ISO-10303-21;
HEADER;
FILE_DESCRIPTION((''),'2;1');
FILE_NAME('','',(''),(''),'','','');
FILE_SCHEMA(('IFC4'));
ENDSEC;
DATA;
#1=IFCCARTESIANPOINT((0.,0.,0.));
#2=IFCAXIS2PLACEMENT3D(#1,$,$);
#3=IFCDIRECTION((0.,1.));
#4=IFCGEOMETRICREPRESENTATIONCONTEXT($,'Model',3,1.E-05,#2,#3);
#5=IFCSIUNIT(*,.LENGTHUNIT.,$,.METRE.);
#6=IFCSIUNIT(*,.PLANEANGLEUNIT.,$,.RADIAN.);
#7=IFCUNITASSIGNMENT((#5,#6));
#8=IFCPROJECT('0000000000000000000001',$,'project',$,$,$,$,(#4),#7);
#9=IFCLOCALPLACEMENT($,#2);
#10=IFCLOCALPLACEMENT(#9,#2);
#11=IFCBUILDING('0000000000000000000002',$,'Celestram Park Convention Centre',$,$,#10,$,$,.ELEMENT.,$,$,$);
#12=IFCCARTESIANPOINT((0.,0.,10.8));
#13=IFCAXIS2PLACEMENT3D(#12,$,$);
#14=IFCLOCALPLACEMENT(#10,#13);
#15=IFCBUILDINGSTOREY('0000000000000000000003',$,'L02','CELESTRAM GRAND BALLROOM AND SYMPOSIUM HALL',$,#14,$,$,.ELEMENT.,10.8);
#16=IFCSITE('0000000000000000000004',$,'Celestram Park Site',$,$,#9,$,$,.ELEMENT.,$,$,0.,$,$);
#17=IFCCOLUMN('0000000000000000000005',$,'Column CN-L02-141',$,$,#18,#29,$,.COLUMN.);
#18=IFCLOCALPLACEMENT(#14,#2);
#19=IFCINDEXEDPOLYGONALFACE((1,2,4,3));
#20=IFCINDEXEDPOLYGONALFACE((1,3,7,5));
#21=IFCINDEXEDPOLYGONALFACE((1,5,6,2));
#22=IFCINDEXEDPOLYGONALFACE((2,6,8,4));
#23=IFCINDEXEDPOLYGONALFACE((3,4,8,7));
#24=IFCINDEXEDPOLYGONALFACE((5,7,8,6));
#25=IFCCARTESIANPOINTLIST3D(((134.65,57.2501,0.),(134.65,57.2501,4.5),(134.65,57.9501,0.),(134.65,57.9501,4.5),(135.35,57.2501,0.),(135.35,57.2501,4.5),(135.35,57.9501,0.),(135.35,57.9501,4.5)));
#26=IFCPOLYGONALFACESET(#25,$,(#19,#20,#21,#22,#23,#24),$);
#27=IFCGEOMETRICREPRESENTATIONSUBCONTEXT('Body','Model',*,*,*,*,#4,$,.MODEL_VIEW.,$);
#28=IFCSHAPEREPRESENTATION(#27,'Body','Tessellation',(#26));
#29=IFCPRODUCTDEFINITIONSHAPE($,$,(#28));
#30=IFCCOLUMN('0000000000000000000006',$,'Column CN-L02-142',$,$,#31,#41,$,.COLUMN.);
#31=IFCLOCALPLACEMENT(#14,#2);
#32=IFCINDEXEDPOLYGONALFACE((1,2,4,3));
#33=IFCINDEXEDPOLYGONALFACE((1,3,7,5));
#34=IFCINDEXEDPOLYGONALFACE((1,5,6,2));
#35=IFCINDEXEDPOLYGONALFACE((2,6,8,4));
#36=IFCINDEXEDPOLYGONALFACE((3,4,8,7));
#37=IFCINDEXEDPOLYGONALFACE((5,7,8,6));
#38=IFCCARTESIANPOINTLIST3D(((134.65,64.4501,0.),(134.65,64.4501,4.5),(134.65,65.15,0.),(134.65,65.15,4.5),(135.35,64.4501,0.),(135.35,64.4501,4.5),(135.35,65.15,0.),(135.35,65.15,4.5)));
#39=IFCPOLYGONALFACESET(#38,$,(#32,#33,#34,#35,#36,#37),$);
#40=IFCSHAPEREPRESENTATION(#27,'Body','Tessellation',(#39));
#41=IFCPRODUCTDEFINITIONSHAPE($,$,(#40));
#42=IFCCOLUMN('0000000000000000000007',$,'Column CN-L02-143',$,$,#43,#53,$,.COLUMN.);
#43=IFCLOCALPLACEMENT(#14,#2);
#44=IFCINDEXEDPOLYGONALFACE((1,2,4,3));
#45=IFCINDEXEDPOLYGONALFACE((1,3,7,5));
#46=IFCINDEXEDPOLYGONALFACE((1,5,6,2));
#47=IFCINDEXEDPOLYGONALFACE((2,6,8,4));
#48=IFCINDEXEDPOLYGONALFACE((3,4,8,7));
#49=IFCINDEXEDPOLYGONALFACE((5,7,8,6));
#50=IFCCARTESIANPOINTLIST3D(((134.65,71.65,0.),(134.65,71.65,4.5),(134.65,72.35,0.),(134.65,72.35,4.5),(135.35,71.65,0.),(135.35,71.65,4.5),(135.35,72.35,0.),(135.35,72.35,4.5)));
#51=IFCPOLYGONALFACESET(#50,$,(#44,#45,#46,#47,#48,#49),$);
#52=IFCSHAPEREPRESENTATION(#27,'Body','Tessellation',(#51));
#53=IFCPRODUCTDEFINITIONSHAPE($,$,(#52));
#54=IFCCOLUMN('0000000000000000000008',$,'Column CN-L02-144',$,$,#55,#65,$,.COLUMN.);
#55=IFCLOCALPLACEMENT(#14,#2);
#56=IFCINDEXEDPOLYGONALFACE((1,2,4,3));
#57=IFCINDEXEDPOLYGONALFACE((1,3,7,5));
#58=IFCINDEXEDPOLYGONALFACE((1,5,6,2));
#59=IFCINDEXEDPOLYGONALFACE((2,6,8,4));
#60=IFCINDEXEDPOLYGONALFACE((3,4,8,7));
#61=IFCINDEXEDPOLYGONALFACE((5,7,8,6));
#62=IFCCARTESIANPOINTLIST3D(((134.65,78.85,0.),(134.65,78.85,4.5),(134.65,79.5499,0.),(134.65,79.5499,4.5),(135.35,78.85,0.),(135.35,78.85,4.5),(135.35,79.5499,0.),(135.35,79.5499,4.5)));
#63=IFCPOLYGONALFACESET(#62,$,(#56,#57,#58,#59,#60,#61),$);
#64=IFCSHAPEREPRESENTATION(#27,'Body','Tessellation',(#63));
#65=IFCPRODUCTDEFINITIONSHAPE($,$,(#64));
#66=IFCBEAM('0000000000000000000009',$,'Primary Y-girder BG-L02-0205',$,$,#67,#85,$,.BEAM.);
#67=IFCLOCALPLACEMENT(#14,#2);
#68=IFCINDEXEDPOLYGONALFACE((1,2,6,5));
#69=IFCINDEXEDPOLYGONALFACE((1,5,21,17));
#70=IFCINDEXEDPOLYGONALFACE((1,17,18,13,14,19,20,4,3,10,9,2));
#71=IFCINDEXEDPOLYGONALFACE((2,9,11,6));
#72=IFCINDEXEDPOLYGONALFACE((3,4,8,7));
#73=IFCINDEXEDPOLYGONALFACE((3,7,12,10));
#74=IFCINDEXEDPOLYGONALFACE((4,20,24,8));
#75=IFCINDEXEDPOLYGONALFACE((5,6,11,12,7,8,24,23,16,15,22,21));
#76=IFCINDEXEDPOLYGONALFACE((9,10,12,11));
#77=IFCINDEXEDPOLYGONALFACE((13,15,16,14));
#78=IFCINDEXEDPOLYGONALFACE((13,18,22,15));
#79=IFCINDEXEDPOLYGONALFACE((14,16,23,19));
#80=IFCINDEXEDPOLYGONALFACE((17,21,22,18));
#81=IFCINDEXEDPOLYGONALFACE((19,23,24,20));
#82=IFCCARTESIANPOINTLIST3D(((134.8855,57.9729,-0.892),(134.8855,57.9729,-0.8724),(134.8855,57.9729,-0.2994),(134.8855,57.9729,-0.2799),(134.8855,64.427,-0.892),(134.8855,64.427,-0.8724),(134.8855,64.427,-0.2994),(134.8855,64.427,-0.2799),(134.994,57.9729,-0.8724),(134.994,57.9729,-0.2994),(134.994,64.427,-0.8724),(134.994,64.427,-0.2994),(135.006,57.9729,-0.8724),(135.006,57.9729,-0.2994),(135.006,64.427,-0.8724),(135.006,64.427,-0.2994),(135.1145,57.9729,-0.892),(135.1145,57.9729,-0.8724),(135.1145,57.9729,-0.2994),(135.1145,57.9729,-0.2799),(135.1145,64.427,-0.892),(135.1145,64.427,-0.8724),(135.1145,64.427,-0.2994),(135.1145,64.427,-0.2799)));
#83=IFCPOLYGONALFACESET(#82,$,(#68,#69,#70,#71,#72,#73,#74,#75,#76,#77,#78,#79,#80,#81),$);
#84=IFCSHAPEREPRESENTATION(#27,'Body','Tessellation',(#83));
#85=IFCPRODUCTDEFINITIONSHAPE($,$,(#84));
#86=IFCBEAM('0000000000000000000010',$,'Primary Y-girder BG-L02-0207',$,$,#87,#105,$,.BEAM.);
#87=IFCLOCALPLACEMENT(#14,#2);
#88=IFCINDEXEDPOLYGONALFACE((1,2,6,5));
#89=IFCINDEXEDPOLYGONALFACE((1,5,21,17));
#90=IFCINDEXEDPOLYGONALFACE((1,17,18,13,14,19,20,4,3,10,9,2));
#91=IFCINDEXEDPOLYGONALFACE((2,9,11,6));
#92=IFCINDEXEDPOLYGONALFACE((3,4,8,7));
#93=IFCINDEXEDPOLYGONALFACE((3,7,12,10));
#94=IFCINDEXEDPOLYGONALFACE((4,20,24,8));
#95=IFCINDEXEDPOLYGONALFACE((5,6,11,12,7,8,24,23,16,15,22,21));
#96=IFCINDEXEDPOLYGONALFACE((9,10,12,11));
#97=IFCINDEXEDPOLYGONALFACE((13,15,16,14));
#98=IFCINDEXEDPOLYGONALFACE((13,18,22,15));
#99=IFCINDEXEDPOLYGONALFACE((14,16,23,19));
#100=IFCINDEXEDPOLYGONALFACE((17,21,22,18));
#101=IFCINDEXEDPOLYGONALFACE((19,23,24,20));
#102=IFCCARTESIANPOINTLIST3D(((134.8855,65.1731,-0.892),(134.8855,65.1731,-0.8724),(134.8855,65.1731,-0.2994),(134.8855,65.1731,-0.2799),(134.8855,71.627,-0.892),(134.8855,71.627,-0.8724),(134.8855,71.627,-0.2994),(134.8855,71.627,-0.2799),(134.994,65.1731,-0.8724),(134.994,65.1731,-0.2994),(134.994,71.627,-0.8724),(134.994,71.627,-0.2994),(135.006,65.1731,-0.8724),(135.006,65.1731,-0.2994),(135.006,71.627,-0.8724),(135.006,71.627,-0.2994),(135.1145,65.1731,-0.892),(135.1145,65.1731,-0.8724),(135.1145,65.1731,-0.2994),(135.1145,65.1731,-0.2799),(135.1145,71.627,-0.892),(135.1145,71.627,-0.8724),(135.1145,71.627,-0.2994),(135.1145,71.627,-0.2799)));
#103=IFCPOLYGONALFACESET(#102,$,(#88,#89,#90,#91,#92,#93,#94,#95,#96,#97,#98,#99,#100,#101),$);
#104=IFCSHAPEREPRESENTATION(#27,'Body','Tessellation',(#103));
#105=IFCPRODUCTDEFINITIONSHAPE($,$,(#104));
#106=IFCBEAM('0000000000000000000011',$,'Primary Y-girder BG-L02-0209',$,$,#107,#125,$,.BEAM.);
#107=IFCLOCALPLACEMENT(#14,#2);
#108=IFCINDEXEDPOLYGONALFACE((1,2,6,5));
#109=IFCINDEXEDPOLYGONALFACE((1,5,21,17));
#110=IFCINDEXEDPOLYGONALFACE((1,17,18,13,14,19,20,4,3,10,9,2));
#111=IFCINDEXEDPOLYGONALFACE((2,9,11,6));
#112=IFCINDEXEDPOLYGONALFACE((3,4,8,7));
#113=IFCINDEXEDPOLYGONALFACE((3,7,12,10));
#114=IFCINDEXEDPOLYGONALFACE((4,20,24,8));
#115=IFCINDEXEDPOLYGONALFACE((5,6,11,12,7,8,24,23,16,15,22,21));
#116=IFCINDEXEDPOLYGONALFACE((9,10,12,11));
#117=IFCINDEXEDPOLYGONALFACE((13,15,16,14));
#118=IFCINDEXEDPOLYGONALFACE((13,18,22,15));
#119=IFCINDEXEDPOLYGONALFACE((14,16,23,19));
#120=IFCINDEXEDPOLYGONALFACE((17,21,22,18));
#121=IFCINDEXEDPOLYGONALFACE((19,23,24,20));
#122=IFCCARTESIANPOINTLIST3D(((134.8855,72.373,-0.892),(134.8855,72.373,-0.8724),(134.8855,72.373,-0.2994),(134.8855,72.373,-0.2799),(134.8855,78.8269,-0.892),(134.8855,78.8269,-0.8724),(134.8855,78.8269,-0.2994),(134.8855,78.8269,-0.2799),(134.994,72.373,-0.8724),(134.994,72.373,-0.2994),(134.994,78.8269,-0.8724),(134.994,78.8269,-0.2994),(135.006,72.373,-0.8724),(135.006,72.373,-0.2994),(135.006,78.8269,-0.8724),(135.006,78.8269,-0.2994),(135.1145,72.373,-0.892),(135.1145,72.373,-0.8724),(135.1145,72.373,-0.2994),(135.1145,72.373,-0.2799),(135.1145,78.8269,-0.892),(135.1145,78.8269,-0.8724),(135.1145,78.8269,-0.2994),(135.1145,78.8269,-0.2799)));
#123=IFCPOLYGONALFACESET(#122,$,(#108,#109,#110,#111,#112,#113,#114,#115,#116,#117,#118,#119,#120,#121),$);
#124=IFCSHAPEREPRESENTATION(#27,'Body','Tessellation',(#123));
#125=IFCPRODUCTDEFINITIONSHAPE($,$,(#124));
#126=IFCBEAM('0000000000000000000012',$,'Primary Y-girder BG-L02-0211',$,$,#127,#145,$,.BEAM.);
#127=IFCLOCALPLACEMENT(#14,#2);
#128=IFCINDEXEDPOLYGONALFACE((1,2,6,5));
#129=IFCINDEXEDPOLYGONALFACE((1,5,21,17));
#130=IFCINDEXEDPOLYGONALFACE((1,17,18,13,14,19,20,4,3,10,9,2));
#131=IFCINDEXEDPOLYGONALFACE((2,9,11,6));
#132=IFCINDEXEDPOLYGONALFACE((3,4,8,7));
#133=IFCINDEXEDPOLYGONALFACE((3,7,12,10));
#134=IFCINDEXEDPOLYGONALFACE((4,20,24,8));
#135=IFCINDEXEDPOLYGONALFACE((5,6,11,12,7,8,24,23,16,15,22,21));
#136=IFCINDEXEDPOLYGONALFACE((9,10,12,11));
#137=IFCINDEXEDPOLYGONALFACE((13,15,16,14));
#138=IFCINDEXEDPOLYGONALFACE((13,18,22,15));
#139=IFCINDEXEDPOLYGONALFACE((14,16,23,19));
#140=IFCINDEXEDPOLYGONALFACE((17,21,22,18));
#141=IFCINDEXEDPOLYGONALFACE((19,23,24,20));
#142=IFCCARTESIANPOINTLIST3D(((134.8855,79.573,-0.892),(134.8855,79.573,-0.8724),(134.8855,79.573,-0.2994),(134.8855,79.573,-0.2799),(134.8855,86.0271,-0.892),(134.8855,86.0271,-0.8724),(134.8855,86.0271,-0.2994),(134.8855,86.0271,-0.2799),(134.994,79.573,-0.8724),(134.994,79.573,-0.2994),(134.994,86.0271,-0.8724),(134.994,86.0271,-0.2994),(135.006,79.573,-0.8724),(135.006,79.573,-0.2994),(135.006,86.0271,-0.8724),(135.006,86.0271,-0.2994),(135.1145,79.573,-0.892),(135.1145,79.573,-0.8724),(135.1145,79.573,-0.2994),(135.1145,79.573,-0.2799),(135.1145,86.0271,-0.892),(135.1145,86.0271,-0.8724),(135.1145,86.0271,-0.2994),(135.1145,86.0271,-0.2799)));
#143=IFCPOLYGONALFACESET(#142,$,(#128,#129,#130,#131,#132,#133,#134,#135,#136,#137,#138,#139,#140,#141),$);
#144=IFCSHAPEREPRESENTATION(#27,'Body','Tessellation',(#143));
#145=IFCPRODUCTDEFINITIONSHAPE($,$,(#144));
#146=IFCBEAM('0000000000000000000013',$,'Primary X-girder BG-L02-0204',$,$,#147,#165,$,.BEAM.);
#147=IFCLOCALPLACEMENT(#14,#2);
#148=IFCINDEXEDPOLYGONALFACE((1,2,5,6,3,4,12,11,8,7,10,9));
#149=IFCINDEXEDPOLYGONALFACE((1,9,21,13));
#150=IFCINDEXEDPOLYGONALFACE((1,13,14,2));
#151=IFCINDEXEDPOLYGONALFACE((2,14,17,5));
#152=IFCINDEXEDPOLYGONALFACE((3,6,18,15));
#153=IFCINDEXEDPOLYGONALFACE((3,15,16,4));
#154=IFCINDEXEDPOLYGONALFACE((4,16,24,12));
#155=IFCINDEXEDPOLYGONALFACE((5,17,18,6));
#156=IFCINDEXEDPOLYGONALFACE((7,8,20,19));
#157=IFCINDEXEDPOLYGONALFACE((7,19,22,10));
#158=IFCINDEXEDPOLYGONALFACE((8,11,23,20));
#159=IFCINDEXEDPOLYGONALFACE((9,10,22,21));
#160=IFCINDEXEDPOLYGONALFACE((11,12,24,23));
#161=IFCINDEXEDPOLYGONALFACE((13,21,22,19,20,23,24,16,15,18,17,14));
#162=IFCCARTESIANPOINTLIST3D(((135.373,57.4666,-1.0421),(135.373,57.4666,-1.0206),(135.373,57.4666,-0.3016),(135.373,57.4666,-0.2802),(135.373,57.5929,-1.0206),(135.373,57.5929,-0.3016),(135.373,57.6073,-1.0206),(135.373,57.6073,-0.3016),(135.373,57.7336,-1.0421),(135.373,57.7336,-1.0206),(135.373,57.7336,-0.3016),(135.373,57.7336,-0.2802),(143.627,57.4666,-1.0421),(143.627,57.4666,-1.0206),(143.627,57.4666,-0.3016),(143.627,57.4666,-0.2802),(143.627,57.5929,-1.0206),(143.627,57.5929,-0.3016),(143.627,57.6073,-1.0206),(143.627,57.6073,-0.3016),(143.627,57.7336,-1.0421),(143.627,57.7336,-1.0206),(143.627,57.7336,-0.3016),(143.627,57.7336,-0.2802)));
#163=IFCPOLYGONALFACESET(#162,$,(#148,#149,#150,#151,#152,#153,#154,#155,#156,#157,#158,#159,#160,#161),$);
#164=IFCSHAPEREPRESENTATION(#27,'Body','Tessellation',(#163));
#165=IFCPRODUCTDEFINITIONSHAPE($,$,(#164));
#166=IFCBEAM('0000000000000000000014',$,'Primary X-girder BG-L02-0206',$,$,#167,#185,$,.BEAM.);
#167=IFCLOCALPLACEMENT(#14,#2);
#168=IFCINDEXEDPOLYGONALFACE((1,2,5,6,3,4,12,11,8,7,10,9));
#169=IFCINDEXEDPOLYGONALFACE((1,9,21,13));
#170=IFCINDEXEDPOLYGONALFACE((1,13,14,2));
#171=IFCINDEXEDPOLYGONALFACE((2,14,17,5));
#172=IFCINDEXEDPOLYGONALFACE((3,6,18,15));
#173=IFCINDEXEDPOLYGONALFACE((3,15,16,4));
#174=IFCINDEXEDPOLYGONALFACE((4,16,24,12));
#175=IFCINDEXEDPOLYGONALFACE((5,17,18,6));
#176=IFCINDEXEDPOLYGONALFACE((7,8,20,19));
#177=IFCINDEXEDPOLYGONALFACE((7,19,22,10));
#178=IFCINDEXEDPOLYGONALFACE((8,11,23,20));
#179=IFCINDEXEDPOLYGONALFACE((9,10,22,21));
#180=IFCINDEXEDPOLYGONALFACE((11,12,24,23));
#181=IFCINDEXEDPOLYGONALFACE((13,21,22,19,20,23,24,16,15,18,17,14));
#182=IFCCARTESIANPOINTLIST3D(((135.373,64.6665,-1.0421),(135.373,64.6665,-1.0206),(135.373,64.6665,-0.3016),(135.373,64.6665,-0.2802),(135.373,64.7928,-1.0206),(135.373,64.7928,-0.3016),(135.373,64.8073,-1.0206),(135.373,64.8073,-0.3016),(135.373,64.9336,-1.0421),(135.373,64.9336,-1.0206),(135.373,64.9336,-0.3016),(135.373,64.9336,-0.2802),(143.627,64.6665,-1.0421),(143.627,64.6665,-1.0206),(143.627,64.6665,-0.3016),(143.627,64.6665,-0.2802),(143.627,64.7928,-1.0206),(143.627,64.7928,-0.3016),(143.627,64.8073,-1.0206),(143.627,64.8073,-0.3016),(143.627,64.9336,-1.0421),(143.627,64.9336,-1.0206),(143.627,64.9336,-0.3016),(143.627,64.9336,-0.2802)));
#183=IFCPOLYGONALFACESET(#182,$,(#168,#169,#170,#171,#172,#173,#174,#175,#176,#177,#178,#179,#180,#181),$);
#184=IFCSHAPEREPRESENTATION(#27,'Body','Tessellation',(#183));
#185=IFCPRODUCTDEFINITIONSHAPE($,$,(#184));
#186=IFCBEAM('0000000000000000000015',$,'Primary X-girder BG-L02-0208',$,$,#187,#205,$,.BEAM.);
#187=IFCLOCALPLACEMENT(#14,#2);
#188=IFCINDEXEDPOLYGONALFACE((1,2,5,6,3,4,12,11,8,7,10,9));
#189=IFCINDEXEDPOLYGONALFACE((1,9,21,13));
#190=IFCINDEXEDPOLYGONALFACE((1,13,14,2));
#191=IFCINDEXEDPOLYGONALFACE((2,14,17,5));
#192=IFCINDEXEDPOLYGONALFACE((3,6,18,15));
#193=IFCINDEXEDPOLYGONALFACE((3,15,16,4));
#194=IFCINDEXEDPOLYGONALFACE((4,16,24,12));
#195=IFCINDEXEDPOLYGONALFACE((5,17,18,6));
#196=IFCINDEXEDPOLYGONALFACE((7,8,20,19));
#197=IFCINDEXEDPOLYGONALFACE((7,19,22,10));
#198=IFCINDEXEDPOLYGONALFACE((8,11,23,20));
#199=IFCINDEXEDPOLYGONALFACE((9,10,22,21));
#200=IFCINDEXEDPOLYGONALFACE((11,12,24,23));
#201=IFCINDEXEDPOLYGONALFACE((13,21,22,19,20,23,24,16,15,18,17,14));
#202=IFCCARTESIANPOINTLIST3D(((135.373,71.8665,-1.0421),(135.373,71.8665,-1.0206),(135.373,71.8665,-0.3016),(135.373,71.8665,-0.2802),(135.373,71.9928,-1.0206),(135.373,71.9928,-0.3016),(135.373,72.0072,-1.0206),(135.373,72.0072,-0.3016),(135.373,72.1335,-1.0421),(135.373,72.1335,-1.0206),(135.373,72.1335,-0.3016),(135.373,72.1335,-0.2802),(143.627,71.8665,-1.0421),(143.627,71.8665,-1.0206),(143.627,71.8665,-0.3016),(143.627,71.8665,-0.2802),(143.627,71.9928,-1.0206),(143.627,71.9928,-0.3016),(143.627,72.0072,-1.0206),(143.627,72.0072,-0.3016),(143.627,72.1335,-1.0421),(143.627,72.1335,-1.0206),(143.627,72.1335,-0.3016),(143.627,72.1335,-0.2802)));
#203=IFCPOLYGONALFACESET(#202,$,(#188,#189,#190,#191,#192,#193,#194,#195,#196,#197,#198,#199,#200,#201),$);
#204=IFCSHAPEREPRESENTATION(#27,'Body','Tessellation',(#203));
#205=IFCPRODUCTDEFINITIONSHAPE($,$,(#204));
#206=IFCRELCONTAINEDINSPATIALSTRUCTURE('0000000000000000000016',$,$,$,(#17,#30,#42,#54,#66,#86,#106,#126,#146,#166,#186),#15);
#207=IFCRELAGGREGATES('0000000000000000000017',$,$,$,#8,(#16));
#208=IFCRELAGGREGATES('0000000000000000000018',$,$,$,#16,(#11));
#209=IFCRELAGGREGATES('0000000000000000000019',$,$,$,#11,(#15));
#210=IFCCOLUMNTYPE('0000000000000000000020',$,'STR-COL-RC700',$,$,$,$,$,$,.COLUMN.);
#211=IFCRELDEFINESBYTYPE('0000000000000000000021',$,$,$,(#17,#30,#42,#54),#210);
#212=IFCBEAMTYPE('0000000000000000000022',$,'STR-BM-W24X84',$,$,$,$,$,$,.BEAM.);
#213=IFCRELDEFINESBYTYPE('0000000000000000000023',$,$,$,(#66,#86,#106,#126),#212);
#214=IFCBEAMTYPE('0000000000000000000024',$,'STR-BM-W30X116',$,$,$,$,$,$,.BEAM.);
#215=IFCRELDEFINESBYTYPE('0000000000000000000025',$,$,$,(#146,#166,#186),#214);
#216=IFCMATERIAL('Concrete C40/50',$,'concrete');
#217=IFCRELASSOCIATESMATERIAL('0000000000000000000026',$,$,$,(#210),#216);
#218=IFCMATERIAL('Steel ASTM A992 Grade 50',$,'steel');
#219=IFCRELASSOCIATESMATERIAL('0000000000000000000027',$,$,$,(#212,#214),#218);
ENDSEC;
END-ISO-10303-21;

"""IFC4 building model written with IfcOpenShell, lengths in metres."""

from ifc_helpers import new_model, si_unit, direction, frame, origin, origin_2d, place, context, subcontext, project, spatial, rectangle, i_section, extrude, material, material_profile, profile_set, type_object, element, save


model = new_model("IFC4")

# Units and contexts
model_context = context("Model", 3, precision=1e-05, world=origin(), true_north=direction((0.0, 1.0)))
body_context = subcontext(model_context, "Body", "Model", "MODEL_VIEW")
ifc_project = project(units=[si_unit("LENGTHUNIT", "METRE"), si_unit("PLANEANGLEUNIT", "RADIAN")], contexts=[model_context])

# Site, building, storey
site_placement = place(None, origin())
site = spatial("IfcSite", under=ifc_project, at=site_placement, Name="Celestram Park Site", CompositionType="ELEMENT", RefElevation=0.0)
building_placement = place(site_placement, origin())
building = spatial("IfcBuilding", under=site, at=building_placement, Name="Celestram Park Convention Centre", CompositionType="ELEMENT")
storey_placement = place(building_placement, frame((0.0, 0.0, 10.8)))
storey = spatial("IfcBuildingStorey", under=building, at=storey_placement, Name="L02", Description="CELESTRAM GRAND BALLROOM AND SYMPOSIUM HALL", CompositionType="ELEMENT", Elevation=10.8)

# Columns
ifc_material_1 = material(Name="Concrete C40/50", Category="concrete")
ifc_material_profile_1 = material_profile(ifc_material_1, rectangle(XDim=0.7, YDim=0.7, at=origin_2d()), Name="RC700X700")
ifc_profile_set_1 = profile_set([ifc_material_profile_1], Name="Concrete C40/50")
column_type = type_object("IfcColumnType", Name="STR-COL-RC700", PredefinedType="COLUMN", material=ifc_profile_set_1)
for number, where, z_axis, x_axis, name in (
    (1, (135.0, 57.6001, 0.0), (0.0, 0.0, 1.0), (1.0, 0.0, 0.0), "Column CN-L02-141"),
    (2, (135.0, 64.8, 0.0), (0.0, 0.0, 1.0), (1.0, 0.0, 0.0), "Column CN-L02-142"),
    (3, (135.0, 72.0, 0.0), (0.0, 0.0, 1.0), (1.0, 0.0, 0.0), "Column CN-L02-143"),
    (4, (135.0, 79.2, 0.0), (0.0, 0.0, 1.0), (1.0, 0.0, 0.0), "Column CN-L02-144"),
):
    element("IfcColumn", number, at=place(storey_placement, frame(where, z_axis=z_axis, x_axis=x_axis)), inside=storey, type_object=column_type, Name=name, PredefinedType="COLUMN", context=body_context, shape_type="SweptSolid", body=[
        extrude(rectangle(XDim=0.7, YDim=0.7, at=origin_2d()), origin(), (0.0, 0.0, 1.0), 4.5),
    ])

# Beams
ifc_material_2 = material(Name="Steel ASTM A992 Grade 50", Category="steel")
ifc_material_profile_2 = material_profile(ifc_material_2, i_section(OverallWidth=0.229, OverallDepth=0.6121, WebThickness=0.012, FlangeThickness=0.0195, at=origin_2d()), Name="W24X84")
ifc_profile_set_2 = profile_set([ifc_material_profile_2], Name="Steel ASTM A992 Grade 50")
beam_type_1 = type_object("IfcBeamType", Name="STR-BM-W24X84", PredefinedType="BEAM", material=ifc_profile_set_2)
beam_1_placement = place(storey_placement, frame((135.0, 57.9729, -0.5859), z_axis=(0.0, 1.0, 0.0), x_axis=(-1.0, 0.0, 0.0)))
element("IfcBeam", 5, at=beam_1_placement, inside=storey, type_object=beam_type_1, Name="Primary Y-girder BG-L02-0205", PredefinedType="BEAM", context=body_context, shape_type="SweptSolid", body=[
    extrude(i_section(OverallWidth=0.229, OverallDepth=0.6121, WebThickness=0.012, FlangeThickness=0.0195, at=origin_2d()), origin(), (0.0, 0.0, 1.0), 6.4541),
])
for number, where, z_axis, x_axis, name in (
    (6, (135.0, 65.1731, -0.5859), (0.0, 1.0, 0.0), (-1.0, 0.0, 0.0), "Primary Y-girder BG-L02-0207"),
    (7, (135.0, 72.373, -0.5859), (0.0, 1.0, 0.0), (-1.0, 0.0, 0.0), "Primary Y-girder BG-L02-0209"),
):
    element("IfcBeam", number, at=place(storey_placement, frame(where, z_axis=z_axis, x_axis=x_axis)), inside=storey, type_object=beam_type_1, Name=name, PredefinedType="BEAM", context=body_context, shape_type="SweptSolid", body=[
        extrude(i_section(OverallWidth=0.229, OverallDepth=0.6121, WebThickness=0.012, FlangeThickness=0.0195, at=origin_2d()), origin(), (0.0, 0.0, 1.0), 6.4539),
    ])
beam_2_placement = place(storey_placement, frame((135.0, 79.573, -0.5859), z_axis=(0.0, 1.0, 0.0), x_axis=(-1.0, 0.0, 0.0)))
element("IfcBeam", 8, at=beam_2_placement, inside=storey, type_object=beam_type_1, Name="Primary Y-girder BG-L02-0211", PredefinedType="BEAM", context=body_context, shape_type="SweptSolid", body=[
    extrude(i_section(OverallWidth=0.229, OverallDepth=0.6121, WebThickness=0.012, FlangeThickness=0.0195, at=origin_2d()), origin(), (0.0, 0.0, 1.0), 6.4541),
])
ifc_material_profile_3 = material_profile(ifc_material_2, i_section(OverallWidth=0.2671, OverallDepth=0.762, WebThickness=0.0144, FlangeThickness=0.0215, at=origin_2d()), Name="W30X116")
ifc_profile_set_3 = profile_set([ifc_material_profile_3], Name="Steel ASTM A992 Grade 50")
beam_type_2 = type_object("IfcBeamType", Name="STR-BM-W30X116", PredefinedType="BEAM", material=ifc_profile_set_3)
for number, where, z_axis, x_axis, name in (
    (9, (135.373, 57.6001, -0.6611), (1.0, 0.0, 0.0), (0.0, 1.0, 0.0), "Primary X-girder BG-L02-0204"),
    (10, (135.373, 64.8, -0.6611), (1.0, 0.0, 0.0), (0.0, 1.0, 0.0), "Primary X-girder BG-L02-0206"),
    (11, (135.373, 72.0, -0.6611), (1.0, 0.0, 0.0), (0.0, 1.0, 0.0), "Primary X-girder BG-L02-0208"),
):
    element("IfcBeam", number, at=place(storey_placement, frame(where, z_axis=z_axis, x_axis=x_axis)), inside=storey, type_object=beam_type_2, Name=name, PredefinedType="BEAM", context=body_context, shape_type="SweptSolid", body=[
        extrude(i_section(OverallWidth=0.2671, OverallDepth=0.762, WebThickness=0.0144, FlangeThickness=0.0215, at=origin_2d()), origin(), (0.0, 0.0, 1.0), 8.2539),
    ])

save(model, "model.ifc")
